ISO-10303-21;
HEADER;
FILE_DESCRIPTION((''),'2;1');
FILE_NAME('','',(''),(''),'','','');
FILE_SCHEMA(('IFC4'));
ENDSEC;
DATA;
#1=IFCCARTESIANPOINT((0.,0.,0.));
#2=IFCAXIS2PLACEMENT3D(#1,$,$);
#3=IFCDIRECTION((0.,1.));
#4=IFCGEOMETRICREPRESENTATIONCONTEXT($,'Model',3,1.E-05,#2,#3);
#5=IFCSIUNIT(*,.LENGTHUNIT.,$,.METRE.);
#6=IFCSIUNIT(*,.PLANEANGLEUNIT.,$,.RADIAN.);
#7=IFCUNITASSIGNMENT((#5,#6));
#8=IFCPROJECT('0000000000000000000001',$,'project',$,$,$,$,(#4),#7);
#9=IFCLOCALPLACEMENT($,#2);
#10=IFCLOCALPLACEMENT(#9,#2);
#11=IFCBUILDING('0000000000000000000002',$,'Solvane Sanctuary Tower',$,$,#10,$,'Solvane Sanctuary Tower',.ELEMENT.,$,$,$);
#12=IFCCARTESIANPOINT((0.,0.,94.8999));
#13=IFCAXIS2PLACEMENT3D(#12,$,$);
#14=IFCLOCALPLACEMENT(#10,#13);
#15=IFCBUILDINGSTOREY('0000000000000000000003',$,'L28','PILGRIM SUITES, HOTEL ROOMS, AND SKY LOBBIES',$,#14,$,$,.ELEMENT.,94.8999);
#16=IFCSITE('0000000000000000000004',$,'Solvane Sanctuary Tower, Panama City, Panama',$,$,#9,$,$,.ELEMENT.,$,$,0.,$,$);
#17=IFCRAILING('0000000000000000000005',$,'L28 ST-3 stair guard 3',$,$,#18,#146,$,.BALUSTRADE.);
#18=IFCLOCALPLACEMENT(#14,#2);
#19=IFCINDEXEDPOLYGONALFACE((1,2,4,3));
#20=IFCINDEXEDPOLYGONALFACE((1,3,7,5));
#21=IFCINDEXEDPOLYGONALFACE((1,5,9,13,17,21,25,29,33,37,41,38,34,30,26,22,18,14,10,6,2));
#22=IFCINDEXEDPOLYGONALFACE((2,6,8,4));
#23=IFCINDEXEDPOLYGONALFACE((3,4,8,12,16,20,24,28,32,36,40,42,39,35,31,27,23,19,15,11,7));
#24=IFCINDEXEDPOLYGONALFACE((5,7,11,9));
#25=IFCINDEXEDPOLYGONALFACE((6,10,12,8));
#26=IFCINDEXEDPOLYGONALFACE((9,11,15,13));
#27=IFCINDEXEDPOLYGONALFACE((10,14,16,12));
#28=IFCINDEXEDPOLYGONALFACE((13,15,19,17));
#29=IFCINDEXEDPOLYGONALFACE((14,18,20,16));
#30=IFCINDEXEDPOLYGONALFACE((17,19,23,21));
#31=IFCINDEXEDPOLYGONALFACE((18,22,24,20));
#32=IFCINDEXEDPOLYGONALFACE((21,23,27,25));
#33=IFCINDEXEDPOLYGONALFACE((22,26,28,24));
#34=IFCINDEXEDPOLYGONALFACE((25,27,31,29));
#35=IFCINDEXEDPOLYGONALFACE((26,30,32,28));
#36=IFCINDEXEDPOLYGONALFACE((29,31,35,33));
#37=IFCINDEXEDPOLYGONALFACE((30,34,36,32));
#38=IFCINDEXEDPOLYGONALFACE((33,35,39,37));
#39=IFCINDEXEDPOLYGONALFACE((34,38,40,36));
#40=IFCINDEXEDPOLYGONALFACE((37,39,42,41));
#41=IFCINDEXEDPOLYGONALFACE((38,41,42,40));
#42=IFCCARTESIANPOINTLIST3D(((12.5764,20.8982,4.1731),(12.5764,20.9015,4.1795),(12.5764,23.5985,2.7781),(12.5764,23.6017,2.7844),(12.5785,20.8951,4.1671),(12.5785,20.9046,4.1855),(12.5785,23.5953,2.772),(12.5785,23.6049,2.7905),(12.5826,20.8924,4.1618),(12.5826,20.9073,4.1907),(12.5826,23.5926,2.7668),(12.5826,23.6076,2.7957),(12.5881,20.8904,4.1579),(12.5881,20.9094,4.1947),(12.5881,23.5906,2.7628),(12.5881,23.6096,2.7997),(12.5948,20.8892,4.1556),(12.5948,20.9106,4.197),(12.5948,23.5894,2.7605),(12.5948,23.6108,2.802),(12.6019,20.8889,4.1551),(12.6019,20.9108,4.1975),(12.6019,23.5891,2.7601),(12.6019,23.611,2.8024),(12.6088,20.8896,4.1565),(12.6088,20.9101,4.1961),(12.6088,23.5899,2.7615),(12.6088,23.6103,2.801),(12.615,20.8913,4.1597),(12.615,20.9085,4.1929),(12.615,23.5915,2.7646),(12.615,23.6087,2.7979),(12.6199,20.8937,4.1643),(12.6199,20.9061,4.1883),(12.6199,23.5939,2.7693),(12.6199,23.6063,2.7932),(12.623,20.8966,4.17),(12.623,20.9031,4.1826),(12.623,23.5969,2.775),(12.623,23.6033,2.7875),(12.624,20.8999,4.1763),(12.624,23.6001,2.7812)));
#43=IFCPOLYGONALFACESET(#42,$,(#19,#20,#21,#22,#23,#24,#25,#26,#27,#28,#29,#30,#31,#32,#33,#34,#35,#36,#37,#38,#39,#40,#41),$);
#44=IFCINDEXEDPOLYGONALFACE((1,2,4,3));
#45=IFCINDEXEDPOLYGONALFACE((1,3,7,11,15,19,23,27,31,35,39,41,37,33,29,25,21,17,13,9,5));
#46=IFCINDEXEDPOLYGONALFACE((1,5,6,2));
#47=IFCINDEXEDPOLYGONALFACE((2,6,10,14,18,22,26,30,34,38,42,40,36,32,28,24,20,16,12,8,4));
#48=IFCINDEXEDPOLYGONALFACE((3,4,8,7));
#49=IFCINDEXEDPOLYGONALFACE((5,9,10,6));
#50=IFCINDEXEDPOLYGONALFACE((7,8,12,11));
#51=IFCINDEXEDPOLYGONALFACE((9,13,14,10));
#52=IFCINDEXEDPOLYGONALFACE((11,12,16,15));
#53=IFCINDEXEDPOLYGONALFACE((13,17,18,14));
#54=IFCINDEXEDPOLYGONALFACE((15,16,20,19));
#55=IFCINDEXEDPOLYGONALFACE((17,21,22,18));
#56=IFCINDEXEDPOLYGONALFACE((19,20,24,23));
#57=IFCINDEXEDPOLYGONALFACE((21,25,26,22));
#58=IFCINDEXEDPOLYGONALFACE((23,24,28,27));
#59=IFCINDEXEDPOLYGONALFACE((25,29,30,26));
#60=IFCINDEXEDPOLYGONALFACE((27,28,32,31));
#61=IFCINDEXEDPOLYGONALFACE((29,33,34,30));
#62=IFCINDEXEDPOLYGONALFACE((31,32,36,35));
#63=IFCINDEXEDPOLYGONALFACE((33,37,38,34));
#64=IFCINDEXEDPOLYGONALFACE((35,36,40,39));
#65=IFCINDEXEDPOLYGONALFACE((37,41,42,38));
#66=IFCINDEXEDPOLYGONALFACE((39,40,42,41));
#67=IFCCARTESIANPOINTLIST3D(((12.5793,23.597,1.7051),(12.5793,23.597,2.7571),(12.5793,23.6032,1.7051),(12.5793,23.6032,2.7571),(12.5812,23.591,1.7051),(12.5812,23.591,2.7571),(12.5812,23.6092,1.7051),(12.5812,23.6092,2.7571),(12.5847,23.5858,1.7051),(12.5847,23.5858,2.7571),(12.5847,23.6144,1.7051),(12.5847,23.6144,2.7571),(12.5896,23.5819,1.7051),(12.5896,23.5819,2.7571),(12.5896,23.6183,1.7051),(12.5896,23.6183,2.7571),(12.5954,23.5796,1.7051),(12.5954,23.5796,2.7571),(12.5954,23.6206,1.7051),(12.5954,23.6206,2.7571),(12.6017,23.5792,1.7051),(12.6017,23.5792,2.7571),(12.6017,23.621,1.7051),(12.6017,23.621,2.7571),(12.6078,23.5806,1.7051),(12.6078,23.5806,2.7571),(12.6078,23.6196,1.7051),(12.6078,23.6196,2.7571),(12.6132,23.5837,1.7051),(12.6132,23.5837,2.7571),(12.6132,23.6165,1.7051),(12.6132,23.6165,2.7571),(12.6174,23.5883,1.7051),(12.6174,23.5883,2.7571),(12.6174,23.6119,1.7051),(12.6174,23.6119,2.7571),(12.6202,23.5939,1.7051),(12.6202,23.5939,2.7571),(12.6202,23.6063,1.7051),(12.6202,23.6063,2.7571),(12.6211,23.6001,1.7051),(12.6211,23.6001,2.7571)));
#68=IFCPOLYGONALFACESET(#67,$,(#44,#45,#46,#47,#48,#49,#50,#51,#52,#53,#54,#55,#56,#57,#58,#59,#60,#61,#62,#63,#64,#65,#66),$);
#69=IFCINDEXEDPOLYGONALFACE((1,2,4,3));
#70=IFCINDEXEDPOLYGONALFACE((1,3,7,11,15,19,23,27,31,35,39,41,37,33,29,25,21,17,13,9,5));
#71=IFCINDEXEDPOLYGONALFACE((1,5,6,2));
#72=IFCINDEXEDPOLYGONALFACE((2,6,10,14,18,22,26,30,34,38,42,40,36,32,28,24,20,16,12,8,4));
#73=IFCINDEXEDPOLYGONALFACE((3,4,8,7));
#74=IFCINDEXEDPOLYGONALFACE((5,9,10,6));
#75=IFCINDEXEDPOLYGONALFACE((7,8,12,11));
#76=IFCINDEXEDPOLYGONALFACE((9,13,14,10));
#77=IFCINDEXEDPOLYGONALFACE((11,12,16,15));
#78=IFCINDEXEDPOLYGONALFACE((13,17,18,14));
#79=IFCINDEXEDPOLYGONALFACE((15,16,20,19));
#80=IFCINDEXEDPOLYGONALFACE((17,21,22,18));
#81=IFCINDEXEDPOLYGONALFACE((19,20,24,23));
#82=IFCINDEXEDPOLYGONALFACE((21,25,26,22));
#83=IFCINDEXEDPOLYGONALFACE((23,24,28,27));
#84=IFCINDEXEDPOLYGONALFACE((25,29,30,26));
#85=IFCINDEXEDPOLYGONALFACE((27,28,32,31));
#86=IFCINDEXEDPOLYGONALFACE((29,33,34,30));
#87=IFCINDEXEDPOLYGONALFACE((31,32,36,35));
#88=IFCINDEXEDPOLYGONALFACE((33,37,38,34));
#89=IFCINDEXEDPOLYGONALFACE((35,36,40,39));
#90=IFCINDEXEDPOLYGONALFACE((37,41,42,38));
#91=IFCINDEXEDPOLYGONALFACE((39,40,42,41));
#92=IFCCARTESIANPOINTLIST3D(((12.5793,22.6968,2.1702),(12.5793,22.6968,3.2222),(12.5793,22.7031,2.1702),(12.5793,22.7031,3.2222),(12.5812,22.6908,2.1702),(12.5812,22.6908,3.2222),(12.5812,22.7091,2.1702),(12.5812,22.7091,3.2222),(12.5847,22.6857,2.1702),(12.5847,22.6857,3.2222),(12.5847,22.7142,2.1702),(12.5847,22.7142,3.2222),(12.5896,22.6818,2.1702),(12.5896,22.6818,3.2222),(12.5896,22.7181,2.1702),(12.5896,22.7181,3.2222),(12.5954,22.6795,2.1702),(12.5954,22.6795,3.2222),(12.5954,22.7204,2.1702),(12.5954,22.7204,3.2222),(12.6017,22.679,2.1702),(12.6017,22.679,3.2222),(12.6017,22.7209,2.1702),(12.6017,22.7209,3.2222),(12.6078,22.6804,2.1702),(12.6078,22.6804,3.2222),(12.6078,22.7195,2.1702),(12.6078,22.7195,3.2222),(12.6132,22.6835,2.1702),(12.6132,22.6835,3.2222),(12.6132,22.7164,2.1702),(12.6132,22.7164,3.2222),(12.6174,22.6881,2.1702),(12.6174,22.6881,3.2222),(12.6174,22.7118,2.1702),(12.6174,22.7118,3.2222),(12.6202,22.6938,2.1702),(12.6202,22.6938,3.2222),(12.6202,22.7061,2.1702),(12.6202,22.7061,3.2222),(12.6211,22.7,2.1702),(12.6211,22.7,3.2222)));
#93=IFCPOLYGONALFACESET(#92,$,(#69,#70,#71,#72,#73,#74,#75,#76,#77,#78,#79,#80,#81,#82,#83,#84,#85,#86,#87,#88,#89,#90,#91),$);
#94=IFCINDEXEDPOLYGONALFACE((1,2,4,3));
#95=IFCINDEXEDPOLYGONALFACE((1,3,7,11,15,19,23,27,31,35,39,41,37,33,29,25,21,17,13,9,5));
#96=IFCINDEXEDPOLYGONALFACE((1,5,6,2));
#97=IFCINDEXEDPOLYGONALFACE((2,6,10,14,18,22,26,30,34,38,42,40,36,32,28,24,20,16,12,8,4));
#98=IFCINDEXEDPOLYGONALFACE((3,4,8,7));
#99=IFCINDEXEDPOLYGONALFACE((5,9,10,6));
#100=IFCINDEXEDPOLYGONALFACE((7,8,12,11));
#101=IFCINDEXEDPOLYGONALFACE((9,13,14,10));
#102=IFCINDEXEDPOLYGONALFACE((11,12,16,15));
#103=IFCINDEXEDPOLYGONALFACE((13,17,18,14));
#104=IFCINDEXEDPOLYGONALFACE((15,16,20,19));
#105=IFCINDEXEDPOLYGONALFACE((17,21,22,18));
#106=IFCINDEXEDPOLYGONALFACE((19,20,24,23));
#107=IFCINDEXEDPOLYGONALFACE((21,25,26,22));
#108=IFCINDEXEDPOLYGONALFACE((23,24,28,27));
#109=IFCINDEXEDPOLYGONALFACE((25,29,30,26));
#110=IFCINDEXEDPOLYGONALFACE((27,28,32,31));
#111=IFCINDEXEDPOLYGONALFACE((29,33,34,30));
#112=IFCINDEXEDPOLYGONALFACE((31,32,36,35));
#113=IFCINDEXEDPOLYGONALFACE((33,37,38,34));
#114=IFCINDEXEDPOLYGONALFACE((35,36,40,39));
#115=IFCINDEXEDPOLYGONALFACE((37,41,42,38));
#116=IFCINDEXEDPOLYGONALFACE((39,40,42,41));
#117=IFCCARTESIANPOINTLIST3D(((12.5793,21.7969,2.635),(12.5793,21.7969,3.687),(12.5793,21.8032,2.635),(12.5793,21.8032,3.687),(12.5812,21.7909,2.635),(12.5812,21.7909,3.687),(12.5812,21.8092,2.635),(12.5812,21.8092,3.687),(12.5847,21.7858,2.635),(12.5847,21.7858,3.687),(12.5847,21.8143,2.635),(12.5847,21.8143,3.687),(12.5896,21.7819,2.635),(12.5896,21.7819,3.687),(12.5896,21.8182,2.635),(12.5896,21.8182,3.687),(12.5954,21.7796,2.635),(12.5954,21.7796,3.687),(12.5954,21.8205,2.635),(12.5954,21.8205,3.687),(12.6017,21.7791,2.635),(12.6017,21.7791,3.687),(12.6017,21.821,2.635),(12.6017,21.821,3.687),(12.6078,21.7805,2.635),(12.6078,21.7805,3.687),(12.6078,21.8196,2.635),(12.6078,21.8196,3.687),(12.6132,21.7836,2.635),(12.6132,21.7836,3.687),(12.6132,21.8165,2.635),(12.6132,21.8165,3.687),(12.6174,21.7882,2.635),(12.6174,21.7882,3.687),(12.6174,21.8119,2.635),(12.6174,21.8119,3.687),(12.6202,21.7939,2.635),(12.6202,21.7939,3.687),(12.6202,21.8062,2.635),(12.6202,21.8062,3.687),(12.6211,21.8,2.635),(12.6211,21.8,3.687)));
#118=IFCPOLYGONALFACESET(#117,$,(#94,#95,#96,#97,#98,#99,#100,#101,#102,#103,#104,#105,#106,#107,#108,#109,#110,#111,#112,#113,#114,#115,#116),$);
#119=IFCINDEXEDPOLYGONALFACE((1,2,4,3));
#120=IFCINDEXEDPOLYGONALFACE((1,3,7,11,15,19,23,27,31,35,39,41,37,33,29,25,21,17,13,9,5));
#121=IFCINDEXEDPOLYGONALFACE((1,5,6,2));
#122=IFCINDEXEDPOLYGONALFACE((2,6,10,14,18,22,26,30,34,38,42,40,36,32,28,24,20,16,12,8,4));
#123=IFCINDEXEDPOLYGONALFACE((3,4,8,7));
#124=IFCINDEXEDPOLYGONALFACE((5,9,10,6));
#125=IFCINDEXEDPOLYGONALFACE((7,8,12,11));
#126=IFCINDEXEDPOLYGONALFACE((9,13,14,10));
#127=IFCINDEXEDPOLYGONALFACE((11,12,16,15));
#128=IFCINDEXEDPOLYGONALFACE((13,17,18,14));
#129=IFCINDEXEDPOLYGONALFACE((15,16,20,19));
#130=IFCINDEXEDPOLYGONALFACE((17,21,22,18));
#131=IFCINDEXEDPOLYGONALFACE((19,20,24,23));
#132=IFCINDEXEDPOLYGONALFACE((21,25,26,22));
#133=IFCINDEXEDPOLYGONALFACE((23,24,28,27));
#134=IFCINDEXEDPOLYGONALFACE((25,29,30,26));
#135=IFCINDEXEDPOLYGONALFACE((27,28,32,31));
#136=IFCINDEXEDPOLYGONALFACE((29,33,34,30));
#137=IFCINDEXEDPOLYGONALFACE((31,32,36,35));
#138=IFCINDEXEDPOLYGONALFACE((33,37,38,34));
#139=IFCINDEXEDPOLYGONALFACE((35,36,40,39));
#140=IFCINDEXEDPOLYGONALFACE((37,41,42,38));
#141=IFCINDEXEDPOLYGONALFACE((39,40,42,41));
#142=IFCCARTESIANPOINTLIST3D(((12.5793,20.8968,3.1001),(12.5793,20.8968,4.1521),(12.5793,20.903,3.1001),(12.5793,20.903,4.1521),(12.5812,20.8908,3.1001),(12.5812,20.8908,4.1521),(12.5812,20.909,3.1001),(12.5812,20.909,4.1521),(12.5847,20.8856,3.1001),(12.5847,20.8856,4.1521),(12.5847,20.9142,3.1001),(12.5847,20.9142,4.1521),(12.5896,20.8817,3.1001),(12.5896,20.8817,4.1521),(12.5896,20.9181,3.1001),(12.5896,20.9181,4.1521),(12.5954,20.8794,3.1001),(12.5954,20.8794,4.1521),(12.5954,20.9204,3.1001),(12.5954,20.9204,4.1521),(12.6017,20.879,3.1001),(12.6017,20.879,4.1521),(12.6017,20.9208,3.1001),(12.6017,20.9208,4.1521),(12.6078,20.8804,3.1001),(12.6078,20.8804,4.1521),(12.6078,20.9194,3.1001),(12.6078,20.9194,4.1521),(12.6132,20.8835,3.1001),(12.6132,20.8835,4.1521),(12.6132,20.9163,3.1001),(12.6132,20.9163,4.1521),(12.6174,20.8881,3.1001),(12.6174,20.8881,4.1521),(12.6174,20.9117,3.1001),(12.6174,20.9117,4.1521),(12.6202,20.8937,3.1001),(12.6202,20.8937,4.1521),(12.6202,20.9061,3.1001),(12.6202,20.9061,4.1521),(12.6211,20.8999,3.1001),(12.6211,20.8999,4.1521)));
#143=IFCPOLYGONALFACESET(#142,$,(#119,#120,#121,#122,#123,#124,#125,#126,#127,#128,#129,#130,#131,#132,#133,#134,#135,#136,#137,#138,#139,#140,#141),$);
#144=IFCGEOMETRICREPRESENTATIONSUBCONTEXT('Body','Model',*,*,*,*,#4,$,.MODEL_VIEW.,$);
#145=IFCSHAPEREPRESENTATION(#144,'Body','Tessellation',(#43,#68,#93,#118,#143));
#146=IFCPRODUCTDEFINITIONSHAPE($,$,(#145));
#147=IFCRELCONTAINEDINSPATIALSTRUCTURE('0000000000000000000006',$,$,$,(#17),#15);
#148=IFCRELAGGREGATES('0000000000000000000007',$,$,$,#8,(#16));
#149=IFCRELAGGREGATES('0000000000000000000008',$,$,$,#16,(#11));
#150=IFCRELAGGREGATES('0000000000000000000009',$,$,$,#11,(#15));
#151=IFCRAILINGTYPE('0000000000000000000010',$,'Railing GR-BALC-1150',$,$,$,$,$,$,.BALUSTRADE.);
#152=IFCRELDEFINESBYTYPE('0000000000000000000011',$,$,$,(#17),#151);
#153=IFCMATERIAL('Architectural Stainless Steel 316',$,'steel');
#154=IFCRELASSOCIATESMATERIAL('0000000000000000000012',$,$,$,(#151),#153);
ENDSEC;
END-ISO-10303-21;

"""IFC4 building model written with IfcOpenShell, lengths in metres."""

from ifc_helpers import new_model, si_unit, direction, frame, origin, origin_2d, place, context, subcontext, project, spatial, circle, extrude, material, type_object, element, save


model = new_model("IFC4")

# Units and contexts
model_context = context("Model", 3, precision=1e-05, world=origin(), true_north=direction((0.0, 1.0)))
body_context = subcontext(model_context, "Body", "Model", "MODEL_VIEW")
ifc_project = project(units=[si_unit("LENGTHUNIT", "METRE"), si_unit("PLANEANGLEUNIT", "RADIAN")], contexts=[model_context])

# Site, building, storey
site_placement = place(None, origin())
site = spatial("IfcSite", under=ifc_project, at=site_placement, Name="Solvane Sanctuary Tower, Panama City, Panama", CompositionType="ELEMENT", RefElevation=0.0)
building_placement = place(site_placement, origin())
building = spatial("IfcBuilding", under=site, at=building_placement, Name="Solvane Sanctuary Tower", LongName="Solvane Sanctuary Tower", CompositionType="ELEMENT")
storey_placement = place(building_placement, frame((0.0, 0.0, 94.8999)))
storey = spatial("IfcBuildingStorey", under=building, at=storey_placement, Name="L28", Description="PILGRIM SUITES, HOTEL ROOMS, AND SKY LOBBIES", CompositionType="ELEMENT", Elevation=94.8999)

# Shared definitions
ifc_material_1 = material(Name="Architectural Stainless Steel 316", Category="steel")

# Railing
railing_type_1 = type_object("IfcRailingType", Name="Railing GR-BALC-1150", PredefinedType="BALUSTRADE", material=ifc_material_1)
railing_1_placement = place(storey_placement, frame((12.6001, 23.6001, 1.7051)))
element("IfcRailing", 1, at=railing_1_placement, inside=storey, type_object=railing_type_1, Name="L28 ST-3 stair guard 3", PredefinedType="BALUSTRADE", context=body_context, shape_type="SweptSolid", body=[
    extrude(circle(Radius=0.0239, at=origin_2d()), frame((0.0, 0.0, 1.0762), z_axis=(0.0, -0.888437, 0.458999), x_axis=(1.0, 0.0, 0.0)), (0.0, 0.0, 1.0), 3.0393),
    extrude(circle(Radius=0.021, at=origin_2d()), origin(), (0.0, 0.0, 1.0), 1.052),
    extrude(circle(Radius=0.021, at=origin_2d()), frame((0.0, -0.9001, 0.4651)), (0.0, 0.0, 1.0), 1.052),
    extrude(circle(Radius=0.021, at=origin_2d()), frame((0.0, -1.8, 0.9299)), (0.0, 0.0, 1.0), 1.052),
    extrude(circle(Radius=0.021, at=origin_2d()), frame((0.0, -2.7002, 1.395)), (0.0, 0.0, 1.0), 1.052),
])

save(model, "model.ifc")
